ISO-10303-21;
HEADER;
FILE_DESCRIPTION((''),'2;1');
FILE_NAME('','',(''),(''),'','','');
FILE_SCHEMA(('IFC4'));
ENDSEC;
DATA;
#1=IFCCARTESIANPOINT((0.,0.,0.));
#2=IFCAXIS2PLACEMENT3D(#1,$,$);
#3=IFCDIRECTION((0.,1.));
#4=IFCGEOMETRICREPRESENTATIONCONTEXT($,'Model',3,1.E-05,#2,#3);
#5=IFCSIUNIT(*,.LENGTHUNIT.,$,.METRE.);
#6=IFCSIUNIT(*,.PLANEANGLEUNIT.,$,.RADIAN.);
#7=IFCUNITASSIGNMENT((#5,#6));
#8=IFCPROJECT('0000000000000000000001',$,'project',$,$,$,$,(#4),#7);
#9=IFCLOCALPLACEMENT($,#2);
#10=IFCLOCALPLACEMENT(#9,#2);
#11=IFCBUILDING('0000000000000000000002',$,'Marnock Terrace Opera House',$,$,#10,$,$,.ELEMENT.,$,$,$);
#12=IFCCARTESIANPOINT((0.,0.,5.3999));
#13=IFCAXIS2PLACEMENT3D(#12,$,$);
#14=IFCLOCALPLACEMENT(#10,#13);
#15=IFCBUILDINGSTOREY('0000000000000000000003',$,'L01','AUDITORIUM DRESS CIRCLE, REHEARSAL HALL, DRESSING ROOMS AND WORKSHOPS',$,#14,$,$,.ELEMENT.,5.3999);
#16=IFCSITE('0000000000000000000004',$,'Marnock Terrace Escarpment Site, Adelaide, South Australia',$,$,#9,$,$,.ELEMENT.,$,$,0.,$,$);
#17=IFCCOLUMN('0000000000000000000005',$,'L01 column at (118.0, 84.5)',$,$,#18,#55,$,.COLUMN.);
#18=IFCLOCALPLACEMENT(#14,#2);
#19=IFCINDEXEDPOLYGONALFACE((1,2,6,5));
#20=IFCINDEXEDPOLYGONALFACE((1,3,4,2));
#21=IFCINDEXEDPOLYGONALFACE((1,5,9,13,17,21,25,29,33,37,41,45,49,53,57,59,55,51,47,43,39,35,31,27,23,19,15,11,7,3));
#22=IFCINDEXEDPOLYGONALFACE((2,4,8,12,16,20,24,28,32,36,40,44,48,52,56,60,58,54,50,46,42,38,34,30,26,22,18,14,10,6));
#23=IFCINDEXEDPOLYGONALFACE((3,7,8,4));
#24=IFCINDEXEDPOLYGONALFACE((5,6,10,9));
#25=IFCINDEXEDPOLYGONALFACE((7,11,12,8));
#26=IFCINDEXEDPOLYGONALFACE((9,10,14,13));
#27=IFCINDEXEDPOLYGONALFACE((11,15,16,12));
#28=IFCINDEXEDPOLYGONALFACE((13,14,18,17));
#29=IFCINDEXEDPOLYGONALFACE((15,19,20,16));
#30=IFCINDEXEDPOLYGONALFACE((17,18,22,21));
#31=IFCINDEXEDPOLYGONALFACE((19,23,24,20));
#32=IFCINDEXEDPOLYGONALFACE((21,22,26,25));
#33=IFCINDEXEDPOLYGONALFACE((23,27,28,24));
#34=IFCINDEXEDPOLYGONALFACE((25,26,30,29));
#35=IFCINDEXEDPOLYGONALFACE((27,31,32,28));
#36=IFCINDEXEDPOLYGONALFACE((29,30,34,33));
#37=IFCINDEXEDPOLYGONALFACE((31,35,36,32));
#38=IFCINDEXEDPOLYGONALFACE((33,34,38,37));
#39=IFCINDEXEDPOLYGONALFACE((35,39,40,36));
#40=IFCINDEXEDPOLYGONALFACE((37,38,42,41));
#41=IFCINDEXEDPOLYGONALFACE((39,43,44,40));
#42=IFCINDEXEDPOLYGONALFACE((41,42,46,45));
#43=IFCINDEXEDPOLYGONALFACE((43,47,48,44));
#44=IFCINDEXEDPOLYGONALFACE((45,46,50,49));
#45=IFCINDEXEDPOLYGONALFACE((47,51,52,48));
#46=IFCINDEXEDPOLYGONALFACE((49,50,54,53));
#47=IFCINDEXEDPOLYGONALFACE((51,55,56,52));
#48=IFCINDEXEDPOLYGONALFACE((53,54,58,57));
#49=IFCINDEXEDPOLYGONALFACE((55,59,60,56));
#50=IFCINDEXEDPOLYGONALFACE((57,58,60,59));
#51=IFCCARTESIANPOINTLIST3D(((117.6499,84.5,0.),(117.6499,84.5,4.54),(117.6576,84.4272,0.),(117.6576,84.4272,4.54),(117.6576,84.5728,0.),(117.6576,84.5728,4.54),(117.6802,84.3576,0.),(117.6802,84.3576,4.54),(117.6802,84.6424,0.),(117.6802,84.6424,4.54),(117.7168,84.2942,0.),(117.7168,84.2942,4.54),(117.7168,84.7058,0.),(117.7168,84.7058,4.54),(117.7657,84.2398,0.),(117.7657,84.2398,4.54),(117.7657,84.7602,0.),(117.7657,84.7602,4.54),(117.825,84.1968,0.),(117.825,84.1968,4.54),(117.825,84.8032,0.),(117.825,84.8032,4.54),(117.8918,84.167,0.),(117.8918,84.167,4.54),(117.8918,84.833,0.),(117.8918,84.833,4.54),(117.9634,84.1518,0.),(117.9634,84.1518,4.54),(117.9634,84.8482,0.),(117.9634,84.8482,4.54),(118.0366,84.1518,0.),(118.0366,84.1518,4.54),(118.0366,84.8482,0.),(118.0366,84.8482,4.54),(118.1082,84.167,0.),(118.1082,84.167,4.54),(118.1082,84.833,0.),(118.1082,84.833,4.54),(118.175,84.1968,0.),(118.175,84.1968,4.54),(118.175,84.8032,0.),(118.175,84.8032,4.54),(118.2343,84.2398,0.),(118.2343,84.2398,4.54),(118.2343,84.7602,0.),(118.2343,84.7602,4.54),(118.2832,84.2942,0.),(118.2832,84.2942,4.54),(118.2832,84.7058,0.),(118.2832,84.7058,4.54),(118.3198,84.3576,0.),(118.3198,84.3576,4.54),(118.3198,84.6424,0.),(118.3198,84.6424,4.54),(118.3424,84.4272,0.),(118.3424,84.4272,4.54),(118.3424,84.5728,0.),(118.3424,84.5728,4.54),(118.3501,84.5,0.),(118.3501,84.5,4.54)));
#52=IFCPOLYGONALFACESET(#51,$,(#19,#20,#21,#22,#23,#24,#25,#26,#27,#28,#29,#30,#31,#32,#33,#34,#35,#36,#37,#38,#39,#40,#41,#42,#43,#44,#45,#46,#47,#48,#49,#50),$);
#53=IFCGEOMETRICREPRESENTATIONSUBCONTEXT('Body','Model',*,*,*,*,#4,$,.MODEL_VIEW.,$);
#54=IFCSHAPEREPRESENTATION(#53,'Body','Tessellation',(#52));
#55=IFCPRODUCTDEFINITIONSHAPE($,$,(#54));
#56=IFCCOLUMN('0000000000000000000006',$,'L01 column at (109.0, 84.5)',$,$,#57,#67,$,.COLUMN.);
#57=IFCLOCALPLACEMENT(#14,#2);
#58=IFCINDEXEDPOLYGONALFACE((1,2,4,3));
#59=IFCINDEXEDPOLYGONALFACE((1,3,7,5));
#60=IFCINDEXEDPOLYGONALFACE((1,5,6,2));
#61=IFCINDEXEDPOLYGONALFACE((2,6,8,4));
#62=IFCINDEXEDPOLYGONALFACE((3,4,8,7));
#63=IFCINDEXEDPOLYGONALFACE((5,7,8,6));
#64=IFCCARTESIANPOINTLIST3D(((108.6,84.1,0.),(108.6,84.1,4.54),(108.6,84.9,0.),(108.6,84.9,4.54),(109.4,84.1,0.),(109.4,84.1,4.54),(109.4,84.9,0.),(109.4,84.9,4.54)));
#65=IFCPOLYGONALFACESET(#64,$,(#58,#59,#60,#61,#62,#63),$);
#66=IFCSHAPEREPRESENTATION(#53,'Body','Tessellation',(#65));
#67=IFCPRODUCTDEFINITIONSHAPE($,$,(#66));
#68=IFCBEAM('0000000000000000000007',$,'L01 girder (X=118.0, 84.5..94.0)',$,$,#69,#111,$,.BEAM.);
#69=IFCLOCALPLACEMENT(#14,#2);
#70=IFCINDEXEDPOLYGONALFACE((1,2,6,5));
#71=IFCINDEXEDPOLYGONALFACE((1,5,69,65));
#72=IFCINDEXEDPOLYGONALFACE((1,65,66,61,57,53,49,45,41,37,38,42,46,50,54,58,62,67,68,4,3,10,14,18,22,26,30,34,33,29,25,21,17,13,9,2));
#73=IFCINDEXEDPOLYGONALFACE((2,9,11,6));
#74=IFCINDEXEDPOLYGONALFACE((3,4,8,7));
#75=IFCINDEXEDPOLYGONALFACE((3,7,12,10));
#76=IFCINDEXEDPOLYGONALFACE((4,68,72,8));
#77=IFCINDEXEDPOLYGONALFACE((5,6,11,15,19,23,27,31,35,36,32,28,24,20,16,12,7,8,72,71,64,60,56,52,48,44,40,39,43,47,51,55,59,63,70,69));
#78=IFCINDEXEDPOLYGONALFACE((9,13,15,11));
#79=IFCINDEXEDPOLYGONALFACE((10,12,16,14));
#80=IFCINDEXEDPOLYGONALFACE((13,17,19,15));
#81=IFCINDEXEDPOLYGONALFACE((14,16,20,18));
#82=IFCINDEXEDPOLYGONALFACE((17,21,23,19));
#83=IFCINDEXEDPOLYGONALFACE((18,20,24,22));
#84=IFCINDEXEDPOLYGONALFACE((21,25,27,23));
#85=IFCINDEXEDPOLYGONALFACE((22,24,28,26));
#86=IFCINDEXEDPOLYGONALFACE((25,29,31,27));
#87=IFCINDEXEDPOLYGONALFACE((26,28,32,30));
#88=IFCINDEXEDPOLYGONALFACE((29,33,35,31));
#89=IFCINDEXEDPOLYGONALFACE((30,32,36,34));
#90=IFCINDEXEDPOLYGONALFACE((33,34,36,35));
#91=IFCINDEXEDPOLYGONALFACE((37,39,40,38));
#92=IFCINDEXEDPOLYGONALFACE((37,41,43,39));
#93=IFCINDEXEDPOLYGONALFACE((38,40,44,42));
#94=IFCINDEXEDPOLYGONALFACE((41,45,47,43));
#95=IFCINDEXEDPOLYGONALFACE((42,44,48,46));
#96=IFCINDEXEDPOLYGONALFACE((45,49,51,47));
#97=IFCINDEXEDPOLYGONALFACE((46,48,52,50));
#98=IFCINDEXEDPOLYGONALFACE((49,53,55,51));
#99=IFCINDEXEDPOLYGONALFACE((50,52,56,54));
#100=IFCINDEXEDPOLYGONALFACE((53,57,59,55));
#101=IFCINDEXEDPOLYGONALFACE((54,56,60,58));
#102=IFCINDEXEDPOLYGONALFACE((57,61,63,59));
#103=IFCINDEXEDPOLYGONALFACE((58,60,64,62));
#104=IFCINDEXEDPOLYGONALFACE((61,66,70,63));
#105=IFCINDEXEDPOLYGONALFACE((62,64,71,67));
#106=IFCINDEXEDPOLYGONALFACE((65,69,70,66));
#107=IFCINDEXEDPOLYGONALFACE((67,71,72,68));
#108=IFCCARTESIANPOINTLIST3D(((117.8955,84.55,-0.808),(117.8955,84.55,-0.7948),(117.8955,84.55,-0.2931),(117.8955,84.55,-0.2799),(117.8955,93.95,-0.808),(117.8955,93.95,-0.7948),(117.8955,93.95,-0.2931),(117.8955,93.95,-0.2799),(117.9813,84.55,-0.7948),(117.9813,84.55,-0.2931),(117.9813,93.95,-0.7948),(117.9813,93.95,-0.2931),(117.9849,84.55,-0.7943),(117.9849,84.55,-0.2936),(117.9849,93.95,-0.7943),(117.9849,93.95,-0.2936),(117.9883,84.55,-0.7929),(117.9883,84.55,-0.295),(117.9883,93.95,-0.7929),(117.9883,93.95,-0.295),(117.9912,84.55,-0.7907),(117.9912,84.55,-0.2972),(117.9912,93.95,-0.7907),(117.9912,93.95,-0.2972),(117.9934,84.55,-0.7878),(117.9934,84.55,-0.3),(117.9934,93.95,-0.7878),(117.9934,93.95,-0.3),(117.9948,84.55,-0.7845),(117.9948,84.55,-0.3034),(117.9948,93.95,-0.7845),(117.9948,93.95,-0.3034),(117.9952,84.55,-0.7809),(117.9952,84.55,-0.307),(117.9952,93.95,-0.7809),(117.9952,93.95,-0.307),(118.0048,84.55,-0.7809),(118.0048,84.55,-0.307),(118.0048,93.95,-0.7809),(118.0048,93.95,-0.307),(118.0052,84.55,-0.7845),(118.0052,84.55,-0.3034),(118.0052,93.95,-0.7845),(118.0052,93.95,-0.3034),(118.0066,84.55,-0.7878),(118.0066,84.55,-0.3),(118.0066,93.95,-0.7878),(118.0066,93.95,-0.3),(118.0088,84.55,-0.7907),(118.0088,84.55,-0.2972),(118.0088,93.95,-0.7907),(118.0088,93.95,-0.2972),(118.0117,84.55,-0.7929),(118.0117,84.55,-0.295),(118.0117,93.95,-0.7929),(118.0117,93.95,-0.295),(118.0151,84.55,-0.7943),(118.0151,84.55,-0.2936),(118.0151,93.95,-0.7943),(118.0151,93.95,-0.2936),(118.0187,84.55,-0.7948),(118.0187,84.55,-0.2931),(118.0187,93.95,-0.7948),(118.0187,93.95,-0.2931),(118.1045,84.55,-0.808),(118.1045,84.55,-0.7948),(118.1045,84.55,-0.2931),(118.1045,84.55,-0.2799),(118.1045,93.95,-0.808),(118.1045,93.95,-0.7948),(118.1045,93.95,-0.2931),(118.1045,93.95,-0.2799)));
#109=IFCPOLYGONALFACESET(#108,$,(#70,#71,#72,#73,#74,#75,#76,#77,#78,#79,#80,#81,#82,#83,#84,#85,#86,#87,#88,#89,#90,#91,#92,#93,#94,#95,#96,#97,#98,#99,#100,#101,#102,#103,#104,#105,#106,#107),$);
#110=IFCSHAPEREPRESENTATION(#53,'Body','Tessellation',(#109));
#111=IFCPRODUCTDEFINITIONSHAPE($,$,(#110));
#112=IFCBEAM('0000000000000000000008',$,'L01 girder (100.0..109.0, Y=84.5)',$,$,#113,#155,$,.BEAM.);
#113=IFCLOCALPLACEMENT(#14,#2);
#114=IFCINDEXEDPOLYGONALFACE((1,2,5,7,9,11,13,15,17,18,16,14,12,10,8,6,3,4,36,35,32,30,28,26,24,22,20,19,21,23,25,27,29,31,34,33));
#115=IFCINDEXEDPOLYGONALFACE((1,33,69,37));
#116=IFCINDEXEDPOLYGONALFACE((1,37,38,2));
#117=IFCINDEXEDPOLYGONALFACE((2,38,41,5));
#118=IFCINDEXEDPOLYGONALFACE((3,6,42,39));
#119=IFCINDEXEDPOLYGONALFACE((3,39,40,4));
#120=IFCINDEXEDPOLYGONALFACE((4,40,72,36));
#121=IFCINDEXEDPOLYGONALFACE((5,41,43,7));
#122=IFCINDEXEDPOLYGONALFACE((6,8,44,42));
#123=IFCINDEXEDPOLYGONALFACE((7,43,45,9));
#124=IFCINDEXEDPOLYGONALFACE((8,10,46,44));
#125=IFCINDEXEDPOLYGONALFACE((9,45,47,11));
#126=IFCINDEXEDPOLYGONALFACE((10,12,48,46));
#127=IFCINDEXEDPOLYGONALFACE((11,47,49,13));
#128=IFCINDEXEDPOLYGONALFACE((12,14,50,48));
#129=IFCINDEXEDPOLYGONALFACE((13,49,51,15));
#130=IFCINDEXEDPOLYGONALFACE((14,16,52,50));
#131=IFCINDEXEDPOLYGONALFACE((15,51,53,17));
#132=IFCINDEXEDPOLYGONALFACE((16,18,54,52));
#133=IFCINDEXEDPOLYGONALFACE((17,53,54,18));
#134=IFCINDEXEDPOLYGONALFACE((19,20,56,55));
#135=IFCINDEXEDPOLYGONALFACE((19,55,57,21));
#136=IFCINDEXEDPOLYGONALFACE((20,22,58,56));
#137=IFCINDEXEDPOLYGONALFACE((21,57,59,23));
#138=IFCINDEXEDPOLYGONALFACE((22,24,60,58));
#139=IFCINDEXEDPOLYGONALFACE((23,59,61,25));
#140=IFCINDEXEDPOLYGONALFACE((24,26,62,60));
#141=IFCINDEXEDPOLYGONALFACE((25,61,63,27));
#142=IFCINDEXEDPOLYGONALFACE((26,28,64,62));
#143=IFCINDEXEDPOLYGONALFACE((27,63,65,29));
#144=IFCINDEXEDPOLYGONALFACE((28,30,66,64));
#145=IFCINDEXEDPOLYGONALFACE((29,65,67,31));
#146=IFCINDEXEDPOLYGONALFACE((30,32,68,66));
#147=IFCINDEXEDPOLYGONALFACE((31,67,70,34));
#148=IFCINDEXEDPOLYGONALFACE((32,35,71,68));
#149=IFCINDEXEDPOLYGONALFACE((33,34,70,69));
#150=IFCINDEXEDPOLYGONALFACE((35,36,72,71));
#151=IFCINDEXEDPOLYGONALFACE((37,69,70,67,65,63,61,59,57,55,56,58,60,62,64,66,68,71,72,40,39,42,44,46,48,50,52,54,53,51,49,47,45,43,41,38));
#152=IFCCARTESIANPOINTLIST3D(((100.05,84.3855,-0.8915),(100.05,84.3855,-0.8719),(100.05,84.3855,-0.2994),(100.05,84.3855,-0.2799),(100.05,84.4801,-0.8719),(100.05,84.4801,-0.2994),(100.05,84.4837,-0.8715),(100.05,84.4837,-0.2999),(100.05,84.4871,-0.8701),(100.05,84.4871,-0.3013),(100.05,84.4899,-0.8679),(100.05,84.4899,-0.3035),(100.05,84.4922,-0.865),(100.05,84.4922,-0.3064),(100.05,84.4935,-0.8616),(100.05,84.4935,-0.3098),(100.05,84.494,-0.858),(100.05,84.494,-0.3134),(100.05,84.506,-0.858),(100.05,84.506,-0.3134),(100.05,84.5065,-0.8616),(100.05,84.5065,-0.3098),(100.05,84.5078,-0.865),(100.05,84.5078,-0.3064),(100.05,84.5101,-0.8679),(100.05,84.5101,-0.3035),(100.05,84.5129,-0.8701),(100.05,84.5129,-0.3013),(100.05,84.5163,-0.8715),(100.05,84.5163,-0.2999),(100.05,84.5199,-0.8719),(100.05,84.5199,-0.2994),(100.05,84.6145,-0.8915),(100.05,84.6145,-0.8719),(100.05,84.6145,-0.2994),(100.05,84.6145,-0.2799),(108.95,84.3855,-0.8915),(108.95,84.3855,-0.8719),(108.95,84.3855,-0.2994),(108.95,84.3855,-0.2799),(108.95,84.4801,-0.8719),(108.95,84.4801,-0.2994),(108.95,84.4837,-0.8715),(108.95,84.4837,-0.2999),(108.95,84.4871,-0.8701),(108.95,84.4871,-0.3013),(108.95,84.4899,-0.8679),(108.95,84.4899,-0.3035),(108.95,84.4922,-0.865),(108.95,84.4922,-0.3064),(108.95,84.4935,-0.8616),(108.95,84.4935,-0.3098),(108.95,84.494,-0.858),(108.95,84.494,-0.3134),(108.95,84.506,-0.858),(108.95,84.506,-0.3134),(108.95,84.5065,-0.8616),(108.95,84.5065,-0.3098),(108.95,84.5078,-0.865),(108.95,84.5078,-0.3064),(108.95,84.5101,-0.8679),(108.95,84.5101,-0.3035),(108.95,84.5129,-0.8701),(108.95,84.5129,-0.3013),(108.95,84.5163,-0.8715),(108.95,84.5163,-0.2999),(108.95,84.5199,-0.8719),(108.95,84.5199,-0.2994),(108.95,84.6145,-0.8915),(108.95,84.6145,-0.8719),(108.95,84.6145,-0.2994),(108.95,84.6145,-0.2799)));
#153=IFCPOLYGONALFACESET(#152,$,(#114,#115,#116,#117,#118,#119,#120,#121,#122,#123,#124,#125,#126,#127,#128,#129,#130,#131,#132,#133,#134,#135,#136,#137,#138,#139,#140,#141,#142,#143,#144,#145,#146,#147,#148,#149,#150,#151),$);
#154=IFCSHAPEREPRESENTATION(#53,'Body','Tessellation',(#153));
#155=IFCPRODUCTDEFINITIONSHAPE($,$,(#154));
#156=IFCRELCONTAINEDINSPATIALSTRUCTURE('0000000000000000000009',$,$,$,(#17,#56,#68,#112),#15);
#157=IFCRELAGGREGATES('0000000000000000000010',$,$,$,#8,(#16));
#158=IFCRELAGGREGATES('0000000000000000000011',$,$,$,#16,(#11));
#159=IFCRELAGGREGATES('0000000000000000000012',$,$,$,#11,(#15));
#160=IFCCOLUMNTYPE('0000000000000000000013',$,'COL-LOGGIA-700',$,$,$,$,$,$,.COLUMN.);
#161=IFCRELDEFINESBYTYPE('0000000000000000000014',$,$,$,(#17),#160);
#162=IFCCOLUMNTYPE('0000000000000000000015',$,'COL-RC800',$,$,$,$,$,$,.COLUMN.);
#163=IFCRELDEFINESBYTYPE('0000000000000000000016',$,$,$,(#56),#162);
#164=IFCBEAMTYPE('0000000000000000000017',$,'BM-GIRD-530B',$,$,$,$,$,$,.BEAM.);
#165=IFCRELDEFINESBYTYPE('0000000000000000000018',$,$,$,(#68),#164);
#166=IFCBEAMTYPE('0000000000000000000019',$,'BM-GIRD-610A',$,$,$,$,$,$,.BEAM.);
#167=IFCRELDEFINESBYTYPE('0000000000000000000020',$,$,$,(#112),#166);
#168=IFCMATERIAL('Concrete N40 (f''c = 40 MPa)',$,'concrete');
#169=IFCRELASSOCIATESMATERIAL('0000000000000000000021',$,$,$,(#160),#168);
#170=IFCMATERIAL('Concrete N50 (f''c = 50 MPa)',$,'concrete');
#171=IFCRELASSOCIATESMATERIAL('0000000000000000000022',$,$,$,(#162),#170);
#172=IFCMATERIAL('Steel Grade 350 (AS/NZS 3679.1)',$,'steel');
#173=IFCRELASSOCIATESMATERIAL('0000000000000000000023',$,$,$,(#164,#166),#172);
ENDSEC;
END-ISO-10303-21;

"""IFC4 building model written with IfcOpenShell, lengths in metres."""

from ifc_helpers import new_model, si_unit, direction, frame, origin, origin_2d, place, context, subcontext, project, spatial, rectangle, circle, i_section, extrude, material, material_profile, profile_set, type_object, element, save


model = new_model("IFC4")

# Units and contexts
model_context = context("Model", 3, precision=1e-05, world=origin(), true_north=direction((0.0, 1.0)))
body_context = subcontext(model_context, "Body", "Model", "MODEL_VIEW")
ifc_project = project(units=[si_unit("LENGTHUNIT", "METRE"), si_unit("PLANEANGLEUNIT", "RADIAN")], contexts=[model_context])

# Site, building, storey
site_placement = place(None, origin())
site = spatial("IfcSite", under=ifc_project, at=site_placement, Name="Marnock Terrace Escarpment Site, Adelaide, South Australia", CompositionType="ELEMENT", RefElevation=0.0)
building_placement = place(site_placement, origin())
building = spatial("IfcBuilding", under=site, at=building_placement, Name="Marnock Terrace Opera House", CompositionType="ELEMENT")
storey_placement = place(building_placement, frame((0.0, 0.0, 5.3999)))
storey = spatial("IfcBuildingStorey", under=building, at=storey_placement, Name="L01", Description="AUDITORIUM DRESS CIRCLE, REHEARSAL HALL, DRESSING ROOMS AND WORKSHOPS", CompositionType="ELEMENT", Elevation=5.3999)

# Columns
ifc_material_1 = material(Name="Concrete N40 (f'c = 40 MPa)", Category="concrete")
ifc_material_profile_1 = material_profile(ifc_material_1, circle(Radius=0.3501, at=origin_2d()))
ifc_profile_set_1 = profile_set([ifc_material_profile_1], Name="Concrete N40 (f'c = 40 MPa)")
column_type_1 = type_object("IfcColumnType", Name="COL-LOGGIA-700", PredefinedType="COLUMN", material=ifc_profile_set_1)
column_1_placement = place(storey_placement, frame((118.0, 84.5, 0.0), z_axis=(0.0, 0.0, 1.0), x_axis=(1.0, 0.0, 0.0)))
element("IfcColumn", 1, at=column_1_placement, inside=storey, type_object=column_type_1, Name="L01 column at (118.0, 84.5)", PredefinedType="COLUMN", context=body_context, shape_type="SweptSolid", body=[
    extrude(circle(Radius=0.3501, at=origin_2d()), origin(), (0.0, 0.0, 1.0), 4.54),
])
ifc_material_2 = material(Name="Concrete N50 (f'c = 50 MPa)", Category="concrete")
ifc_material_profile_2 = material_profile(ifc_material_2, rectangle(XDim=0.8, YDim=0.8, at=origin_2d()))
ifc_profile_set_2 = profile_set([ifc_material_profile_2], Name="Concrete N50 (f'c = 50 MPa)")
column_type_2 = type_object("IfcColumnType", Name="COL-RC800", PredefinedType="COLUMN", material=ifc_profile_set_2)
column_2_placement = place(storey_placement, frame((109.0, 84.5, 0.0), z_axis=(0.0, 0.0, 1.0), x_axis=(1.0, 0.0, 0.0)))
element("IfcColumn", 2, at=column_2_placement, inside=storey, type_object=column_type_2, Name="L01 column at (109.0, 84.5)", PredefinedType="COLUMN", context=body_context, shape_type="SweptSolid", body=[
    extrude(rectangle(XDim=0.8, YDim=0.8, at=origin_2d()), origin(), (0.0, 0.0, 1.0), 4.54),
])

# Beams
ifc_material_3 = material(Name="Steel Grade 350 (AS/NZS 3679.1)", Category="steel")
ifc_material_profile_3 = material_profile(ifc_material_3, i_section(OverallWidth=0.209, OverallDepth=0.5281, WebThickness=0.0095, FlangeThickness=0.0132, FilletRadius=0.0139, at=origin_2d()))
ifc_profile_set_3 = profile_set([ifc_material_profile_3], Name="Steel Grade 350 (AS/NZS 3679.1)")
beam_type_1 = type_object("IfcBeamType", Name="BM-GIRD-530B", PredefinedType="BEAM", material=ifc_profile_set_3)
beam_1_placement = place(storey_placement, frame((118.0, 84.55, -0.5439), z_axis=(0.0, 1.0, 0.0), x_axis=(-1.0, 0.0, 0.0)))
element("IfcBeam", 3, at=beam_1_placement, inside=storey, type_object=beam_type_1, Name="L01 girder (X=118.0, 84.5..94.0)", PredefinedType="BEAM", context=body_context, shape_type="SweptSolid", body=[
    extrude(i_section(OverallWidth=0.209, OverallDepth=0.5281, WebThickness=0.0095, FlangeThickness=0.0132, FilletRadius=0.0139, at=origin_2d()), origin(), (0.0, 0.0, 1.0), 9.3999),
])
ifc_material_profile_4 = material_profile(ifc_material_3, i_section(OverallWidth=0.229, OverallDepth=0.6116, WebThickness=0.012, FlangeThickness=0.0195, FilletRadius=0.0139, at=origin_2d()))
ifc_profile_set_4 = profile_set([ifc_material_profile_4], Name="Steel Grade 350 (AS/NZS 3679.1)")
beam_type_2 = type_object("IfcBeamType", Name="BM-GIRD-610A", PredefinedType="BEAM", material=ifc_profile_set_4)
beam_2_placement = place(storey_placement, frame((100.05, 84.5, -0.5857), z_axis=(1.0, 0.0, 0.0), x_axis=(0.0, 1.0, 0.0)))
element("IfcBeam", 4, at=beam_2_placement, inside=storey, type_object=beam_type_2, Name="L01 girder (100.0..109.0, Y=84.5)", PredefinedType="BEAM", context=body_context, shape_type="SweptSolid", body=[
    extrude(i_section(OverallWidth=0.229, OverallDepth=0.6116, WebThickness=0.012, FlangeThickness=0.0195, FilletRadius=0.0139, at=origin_2d()), origin(), (0.0, 0.0, 1.0), 8.8999),
])

save(model, "model.ifc")
